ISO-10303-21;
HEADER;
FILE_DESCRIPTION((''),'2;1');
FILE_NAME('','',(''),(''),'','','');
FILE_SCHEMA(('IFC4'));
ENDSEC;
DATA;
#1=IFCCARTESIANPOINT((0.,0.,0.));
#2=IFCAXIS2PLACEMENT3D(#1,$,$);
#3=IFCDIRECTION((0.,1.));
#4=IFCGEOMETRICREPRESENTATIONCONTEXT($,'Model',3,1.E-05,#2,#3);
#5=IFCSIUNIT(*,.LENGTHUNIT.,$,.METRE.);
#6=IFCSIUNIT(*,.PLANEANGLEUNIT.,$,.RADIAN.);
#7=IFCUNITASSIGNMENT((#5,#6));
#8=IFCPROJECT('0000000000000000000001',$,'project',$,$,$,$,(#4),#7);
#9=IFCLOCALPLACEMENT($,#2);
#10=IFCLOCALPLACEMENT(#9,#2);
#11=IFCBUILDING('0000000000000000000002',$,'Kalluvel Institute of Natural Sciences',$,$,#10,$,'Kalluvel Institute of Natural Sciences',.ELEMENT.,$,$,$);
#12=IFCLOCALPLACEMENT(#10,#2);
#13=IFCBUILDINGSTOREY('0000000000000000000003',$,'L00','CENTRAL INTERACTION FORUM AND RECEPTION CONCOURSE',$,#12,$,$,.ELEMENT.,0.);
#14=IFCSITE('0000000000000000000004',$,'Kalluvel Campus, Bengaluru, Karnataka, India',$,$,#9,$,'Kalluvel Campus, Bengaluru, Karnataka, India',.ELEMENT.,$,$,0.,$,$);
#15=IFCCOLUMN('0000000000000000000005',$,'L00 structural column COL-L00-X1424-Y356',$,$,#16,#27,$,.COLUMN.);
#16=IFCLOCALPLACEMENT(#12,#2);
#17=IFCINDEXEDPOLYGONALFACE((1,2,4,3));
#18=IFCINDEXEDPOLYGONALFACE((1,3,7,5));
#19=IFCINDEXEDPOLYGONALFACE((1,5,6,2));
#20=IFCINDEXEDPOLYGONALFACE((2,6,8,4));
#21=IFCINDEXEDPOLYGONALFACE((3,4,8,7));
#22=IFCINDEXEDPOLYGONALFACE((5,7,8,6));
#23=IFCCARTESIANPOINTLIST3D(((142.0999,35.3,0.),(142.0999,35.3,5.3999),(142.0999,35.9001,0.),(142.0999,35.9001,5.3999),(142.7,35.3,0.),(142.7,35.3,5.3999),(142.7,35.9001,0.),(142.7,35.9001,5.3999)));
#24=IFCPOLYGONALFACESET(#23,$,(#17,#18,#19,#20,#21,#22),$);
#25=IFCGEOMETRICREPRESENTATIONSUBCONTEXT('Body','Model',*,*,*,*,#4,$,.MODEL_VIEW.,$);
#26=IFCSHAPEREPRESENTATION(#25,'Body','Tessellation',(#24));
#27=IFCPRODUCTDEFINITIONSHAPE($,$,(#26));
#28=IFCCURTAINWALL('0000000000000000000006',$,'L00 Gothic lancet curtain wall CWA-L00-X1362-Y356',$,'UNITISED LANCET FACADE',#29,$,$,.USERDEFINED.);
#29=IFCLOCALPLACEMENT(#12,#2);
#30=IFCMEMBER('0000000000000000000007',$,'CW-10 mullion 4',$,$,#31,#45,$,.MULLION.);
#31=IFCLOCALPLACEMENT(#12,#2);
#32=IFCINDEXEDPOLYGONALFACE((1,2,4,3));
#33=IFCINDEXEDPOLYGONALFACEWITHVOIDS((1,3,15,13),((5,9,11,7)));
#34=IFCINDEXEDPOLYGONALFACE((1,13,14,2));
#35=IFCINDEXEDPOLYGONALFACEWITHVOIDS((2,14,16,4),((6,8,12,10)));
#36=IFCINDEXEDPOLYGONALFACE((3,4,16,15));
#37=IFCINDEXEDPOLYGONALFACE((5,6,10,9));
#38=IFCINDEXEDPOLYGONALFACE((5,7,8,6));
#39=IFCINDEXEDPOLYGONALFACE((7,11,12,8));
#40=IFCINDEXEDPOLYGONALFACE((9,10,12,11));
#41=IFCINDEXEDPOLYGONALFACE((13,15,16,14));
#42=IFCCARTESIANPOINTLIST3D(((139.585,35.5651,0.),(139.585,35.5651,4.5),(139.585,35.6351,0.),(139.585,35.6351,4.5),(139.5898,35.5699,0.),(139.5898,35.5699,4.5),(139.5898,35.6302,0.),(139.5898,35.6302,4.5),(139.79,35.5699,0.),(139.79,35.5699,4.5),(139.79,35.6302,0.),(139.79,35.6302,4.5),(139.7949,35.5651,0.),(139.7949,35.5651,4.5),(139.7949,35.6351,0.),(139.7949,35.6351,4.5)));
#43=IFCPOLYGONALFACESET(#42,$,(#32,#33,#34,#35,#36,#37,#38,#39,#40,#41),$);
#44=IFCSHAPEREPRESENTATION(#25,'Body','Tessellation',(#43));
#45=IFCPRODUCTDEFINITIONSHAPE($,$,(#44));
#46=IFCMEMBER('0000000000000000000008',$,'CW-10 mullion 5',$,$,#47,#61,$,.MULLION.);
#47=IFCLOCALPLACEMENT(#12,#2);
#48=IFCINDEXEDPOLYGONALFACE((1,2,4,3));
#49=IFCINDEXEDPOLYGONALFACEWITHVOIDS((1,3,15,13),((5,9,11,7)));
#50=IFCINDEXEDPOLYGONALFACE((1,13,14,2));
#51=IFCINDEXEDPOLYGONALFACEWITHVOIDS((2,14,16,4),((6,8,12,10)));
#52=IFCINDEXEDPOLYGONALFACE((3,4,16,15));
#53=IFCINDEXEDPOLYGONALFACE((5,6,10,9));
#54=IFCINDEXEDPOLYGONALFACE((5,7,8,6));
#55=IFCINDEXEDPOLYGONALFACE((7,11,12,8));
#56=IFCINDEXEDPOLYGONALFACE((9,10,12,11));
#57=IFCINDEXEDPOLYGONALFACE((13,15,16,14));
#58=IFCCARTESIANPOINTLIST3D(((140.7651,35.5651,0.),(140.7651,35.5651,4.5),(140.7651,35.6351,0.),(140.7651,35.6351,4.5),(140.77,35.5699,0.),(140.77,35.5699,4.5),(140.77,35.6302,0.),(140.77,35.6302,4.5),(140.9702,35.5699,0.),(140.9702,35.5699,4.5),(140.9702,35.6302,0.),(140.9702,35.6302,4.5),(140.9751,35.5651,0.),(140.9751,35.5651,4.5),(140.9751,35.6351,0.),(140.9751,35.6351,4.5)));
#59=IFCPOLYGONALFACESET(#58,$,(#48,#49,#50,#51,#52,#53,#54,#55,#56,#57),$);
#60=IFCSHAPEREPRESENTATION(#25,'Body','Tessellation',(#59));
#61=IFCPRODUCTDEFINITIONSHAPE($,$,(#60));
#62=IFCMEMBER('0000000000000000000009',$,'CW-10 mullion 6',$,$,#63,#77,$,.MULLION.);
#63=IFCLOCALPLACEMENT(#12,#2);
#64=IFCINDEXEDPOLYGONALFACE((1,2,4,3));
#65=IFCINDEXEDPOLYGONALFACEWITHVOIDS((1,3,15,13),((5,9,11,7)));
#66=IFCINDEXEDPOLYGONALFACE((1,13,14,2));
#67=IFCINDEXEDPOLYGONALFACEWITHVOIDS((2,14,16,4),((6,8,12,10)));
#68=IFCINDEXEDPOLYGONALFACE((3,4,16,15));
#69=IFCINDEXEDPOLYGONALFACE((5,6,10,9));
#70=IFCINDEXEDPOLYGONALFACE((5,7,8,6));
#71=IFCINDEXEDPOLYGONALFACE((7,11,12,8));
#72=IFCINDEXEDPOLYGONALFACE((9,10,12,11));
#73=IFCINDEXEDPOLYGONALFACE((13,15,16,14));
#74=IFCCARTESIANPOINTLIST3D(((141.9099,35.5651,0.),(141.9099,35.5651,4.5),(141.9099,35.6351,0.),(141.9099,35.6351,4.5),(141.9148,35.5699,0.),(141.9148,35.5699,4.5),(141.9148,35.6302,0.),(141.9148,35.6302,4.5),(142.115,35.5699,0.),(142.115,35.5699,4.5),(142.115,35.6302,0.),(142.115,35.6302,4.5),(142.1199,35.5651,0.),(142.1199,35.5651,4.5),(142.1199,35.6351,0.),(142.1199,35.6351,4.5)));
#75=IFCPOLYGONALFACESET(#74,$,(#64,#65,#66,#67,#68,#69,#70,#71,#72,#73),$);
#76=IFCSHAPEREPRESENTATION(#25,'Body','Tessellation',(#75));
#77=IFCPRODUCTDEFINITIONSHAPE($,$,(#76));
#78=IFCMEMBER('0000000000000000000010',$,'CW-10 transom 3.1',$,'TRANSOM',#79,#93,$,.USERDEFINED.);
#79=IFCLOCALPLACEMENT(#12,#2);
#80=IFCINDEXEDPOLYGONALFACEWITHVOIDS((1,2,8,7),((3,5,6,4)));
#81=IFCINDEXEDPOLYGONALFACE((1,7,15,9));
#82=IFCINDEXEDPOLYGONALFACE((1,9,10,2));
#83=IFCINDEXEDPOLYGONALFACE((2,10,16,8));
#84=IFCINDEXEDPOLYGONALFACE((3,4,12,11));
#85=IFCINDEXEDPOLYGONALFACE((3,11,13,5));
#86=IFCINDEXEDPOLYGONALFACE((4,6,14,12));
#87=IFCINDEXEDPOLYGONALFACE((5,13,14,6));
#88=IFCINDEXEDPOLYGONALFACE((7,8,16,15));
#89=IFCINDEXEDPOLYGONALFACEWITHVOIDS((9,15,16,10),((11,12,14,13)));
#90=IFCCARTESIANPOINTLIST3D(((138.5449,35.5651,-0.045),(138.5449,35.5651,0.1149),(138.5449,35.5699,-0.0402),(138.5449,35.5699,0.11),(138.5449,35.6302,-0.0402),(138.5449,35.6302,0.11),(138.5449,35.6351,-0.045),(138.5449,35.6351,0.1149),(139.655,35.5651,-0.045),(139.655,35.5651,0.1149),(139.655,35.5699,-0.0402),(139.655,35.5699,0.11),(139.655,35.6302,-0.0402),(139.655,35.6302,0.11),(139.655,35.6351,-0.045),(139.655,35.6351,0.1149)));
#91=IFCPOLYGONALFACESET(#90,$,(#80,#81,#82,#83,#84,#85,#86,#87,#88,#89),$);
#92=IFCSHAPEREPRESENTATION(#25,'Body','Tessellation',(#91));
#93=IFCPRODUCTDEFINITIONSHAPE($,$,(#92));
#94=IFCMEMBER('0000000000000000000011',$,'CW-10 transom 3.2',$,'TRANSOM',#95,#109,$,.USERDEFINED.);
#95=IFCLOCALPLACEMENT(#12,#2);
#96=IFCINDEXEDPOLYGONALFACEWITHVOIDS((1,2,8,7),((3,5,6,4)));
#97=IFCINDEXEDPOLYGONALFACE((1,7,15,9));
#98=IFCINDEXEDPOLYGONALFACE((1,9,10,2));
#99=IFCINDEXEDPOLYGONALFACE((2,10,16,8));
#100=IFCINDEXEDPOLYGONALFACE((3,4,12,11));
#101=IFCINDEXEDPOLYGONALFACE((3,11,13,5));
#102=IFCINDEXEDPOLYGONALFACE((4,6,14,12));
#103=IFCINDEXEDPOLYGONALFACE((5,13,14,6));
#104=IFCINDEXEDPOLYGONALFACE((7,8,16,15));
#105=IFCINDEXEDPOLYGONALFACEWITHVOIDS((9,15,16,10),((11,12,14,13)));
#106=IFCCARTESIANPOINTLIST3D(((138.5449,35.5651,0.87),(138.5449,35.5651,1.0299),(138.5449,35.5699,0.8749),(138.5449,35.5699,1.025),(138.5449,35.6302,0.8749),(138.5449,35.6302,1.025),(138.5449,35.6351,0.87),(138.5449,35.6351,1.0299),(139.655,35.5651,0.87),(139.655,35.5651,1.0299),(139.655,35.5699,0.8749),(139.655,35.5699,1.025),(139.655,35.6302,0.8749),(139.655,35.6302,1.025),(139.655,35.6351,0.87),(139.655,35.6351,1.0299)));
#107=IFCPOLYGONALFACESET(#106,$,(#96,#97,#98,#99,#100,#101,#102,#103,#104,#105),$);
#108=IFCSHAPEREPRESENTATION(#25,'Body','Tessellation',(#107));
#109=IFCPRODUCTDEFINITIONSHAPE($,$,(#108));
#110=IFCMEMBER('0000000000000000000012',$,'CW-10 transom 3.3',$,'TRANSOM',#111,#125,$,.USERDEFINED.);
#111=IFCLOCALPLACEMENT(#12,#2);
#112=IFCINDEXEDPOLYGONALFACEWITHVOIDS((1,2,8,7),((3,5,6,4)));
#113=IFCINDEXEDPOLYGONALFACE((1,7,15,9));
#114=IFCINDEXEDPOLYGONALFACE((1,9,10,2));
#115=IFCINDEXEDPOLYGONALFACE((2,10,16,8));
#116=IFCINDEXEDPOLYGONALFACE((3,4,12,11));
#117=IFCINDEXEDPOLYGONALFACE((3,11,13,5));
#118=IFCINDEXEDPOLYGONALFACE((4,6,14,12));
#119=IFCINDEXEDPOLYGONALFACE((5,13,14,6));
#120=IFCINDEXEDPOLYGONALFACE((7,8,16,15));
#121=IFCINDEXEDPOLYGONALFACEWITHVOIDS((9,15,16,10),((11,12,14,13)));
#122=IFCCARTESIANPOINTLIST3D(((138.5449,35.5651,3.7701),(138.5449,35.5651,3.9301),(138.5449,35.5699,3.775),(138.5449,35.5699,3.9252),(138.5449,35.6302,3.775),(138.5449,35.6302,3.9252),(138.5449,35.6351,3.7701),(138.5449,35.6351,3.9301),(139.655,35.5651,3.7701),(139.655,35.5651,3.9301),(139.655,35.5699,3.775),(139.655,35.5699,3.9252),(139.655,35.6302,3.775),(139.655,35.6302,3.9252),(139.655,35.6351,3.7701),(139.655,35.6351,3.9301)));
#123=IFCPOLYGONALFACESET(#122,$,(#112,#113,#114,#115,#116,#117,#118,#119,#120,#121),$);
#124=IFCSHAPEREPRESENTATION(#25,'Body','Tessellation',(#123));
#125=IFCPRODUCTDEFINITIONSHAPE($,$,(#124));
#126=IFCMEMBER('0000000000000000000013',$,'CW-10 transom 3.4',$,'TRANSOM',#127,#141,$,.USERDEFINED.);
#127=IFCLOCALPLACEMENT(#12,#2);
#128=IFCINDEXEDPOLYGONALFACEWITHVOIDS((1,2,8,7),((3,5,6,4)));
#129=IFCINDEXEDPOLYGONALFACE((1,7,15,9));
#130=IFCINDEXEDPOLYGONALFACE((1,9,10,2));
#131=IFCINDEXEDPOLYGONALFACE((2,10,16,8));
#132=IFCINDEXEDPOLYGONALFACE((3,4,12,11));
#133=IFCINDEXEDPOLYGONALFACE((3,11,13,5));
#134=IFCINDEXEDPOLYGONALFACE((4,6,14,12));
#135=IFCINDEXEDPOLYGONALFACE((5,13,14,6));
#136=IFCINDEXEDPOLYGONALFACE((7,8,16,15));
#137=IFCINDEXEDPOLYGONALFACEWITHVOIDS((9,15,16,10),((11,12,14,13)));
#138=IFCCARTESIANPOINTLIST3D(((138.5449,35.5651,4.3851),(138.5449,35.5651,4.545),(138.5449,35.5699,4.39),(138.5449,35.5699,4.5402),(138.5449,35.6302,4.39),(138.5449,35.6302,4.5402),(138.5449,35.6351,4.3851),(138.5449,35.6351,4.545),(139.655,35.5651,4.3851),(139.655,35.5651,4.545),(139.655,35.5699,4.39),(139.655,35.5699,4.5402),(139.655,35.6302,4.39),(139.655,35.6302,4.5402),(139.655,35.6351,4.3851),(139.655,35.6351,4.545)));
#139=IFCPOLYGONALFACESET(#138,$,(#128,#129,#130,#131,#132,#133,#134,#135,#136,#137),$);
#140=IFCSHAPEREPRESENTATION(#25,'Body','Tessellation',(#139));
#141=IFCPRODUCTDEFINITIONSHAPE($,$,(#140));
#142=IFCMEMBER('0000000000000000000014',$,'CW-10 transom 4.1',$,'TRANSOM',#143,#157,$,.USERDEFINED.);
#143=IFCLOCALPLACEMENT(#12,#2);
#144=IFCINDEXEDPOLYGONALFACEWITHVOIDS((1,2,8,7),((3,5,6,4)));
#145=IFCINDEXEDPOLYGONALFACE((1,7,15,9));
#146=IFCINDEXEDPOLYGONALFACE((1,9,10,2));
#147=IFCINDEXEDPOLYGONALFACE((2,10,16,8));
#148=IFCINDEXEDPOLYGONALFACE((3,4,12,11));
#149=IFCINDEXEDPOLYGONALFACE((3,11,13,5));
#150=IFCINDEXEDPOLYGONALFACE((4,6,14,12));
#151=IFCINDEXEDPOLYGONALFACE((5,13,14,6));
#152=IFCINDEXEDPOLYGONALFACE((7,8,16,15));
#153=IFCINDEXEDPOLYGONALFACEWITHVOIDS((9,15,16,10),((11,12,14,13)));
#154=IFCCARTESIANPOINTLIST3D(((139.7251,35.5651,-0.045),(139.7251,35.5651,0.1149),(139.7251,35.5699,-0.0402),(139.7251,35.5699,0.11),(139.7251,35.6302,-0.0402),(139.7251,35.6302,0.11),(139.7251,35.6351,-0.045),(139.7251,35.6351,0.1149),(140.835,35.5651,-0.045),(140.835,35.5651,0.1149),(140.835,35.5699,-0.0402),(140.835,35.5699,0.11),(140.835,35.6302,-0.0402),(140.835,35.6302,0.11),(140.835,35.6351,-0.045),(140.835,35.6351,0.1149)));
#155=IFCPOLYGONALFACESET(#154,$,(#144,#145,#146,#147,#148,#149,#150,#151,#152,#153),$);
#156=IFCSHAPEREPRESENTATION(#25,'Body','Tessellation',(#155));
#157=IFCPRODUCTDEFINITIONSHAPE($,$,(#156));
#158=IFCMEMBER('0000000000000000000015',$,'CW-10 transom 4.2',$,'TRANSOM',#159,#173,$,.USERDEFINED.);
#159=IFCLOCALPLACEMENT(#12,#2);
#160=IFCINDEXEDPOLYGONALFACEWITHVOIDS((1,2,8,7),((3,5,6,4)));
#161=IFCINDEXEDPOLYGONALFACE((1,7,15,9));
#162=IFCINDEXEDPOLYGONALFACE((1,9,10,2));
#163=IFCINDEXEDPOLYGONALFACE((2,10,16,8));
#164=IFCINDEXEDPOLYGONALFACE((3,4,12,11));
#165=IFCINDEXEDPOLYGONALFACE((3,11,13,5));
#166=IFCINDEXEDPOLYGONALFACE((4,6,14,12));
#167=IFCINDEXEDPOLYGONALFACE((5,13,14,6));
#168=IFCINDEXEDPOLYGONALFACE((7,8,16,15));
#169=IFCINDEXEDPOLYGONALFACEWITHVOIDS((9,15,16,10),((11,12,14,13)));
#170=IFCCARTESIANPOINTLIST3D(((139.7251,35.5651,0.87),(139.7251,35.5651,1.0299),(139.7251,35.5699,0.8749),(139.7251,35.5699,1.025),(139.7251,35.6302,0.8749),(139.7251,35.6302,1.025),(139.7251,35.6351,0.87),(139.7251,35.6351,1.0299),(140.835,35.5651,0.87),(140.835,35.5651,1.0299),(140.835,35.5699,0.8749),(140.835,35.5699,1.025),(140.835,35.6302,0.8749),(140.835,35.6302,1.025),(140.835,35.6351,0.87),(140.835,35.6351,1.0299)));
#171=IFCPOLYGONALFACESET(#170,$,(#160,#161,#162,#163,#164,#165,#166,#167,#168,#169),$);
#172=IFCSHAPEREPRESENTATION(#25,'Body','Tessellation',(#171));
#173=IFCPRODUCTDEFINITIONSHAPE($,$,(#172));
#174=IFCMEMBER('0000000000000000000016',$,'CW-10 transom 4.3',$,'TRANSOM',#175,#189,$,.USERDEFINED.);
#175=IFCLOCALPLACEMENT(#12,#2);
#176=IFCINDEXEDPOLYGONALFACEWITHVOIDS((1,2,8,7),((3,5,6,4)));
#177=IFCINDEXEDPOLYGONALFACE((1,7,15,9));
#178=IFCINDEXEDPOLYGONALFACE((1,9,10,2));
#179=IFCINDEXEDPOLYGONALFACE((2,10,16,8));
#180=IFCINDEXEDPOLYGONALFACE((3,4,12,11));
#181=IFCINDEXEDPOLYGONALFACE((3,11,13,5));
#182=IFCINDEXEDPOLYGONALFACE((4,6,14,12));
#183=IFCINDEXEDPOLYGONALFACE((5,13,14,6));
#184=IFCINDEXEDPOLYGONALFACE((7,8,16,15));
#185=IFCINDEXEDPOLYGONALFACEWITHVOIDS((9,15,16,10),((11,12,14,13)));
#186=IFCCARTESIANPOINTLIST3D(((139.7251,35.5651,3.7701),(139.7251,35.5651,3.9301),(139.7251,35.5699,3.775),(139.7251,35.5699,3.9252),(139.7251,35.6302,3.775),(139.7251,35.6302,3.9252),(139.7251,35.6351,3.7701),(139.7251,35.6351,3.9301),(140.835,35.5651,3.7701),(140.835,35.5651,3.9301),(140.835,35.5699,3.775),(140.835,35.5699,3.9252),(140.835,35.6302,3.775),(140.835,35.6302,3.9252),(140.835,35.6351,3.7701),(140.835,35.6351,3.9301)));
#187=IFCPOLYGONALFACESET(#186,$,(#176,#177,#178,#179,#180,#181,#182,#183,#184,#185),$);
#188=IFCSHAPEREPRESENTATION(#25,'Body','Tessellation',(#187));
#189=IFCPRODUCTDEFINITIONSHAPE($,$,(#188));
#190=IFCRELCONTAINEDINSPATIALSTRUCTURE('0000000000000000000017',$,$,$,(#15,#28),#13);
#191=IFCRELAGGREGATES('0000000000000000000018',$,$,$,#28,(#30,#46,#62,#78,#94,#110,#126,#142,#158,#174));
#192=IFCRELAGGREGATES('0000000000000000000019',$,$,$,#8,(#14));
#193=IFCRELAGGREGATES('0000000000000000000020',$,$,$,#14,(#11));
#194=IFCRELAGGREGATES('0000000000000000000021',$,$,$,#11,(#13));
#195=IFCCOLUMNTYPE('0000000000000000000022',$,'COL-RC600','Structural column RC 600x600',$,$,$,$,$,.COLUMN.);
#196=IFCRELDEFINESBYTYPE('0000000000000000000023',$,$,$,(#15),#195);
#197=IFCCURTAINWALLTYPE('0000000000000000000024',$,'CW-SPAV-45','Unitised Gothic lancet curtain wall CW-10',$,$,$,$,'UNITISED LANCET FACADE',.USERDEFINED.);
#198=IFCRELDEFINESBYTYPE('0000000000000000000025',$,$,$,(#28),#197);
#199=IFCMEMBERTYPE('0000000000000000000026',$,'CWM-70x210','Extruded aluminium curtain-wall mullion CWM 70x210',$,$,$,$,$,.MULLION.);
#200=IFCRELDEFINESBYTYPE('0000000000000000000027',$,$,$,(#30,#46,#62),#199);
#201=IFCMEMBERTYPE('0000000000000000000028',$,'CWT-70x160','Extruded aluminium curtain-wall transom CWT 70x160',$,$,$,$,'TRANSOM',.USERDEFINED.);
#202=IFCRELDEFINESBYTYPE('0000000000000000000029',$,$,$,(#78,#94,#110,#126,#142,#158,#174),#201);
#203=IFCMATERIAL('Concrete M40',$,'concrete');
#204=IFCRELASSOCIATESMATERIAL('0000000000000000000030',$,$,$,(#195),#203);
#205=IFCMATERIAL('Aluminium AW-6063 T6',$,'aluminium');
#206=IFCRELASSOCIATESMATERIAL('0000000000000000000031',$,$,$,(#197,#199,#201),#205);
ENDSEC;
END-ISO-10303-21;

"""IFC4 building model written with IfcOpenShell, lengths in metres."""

from ifc_helpers import new_model, si_unit, direction, frame, origin, origin_2d, place, context, subcontext, project, spatial, rectangle, hollow_rectangle, extrude, material, material_profile, profile_set, type_object, element, aggregate, save


model = new_model("IFC4")

# Units and contexts
model_context = context("Model", 3, precision=1e-05, world=origin(), true_north=direction((0.0, 1.0)))
body_context = subcontext(model_context, "Body", "Model", "MODEL_VIEW")
ifc_project = project(units=[si_unit("LENGTHUNIT", "METRE"), si_unit("PLANEANGLEUNIT", "RADIAN")], contexts=[model_context])

# Site, building, storey
site_placement = place(None, origin())
site = spatial("IfcSite", under=ifc_project, at=site_placement, Name="Kalluvel Campus, Bengaluru, Karnataka, India", LongName="Kalluvel Campus, Bengaluru, Karnataka, India", CompositionType="ELEMENT", RefElevation=0.0)
building_placement = place(site_placement, origin())
building = spatial("IfcBuilding", under=site, at=building_placement, Name="Kalluvel Institute of Natural Sciences", LongName="Kalluvel Institute of Natural Sciences", CompositionType="ELEMENT")
storey_placement = place(building_placement, origin())
storey = spatial("IfcBuildingStorey", under=building, at=storey_placement, Name="L00", Description="CENTRAL INTERACTION FORUM AND RECEPTION CONCOURSE", CompositionType="ELEMENT", Elevation=0.0)

# Column
ifc_material_1 = material(Name="Concrete M40", Category="concrete")
ifc_material_profile_1 = material_profile(ifc_material_1, rectangle(XDim=0.6001, YDim=0.6001, at=origin_2d()), Name="RC 600x600")
ifc_profile_set_1 = profile_set([ifc_material_profile_1], Name="Concrete M40")
column_type = type_object("IfcColumnType", Name="COL-RC600", Description="Structural column RC 600x600", PredefinedType="COLUMN", material=ifc_profile_set_1)
column_placement = place(storey_placement, frame((142.3999, 35.6001, 0.0), z_axis=(0.0, 0.0, 1.0), x_axis=(1.0, 0.0, 0.0)))
element("IfcColumn", 1, at=column_placement, inside=storey, type_object=column_type, Name="L00 structural column COL-L00-X1424-Y356", PredefinedType="COLUMN", context=body_context, shape_type="SweptSolid", body=[
    extrude(rectangle(XDim=0.6001, YDim=0.6001, at=origin_2d()), origin(), (0.0, 0.0, 1.0), 5.3999),
])

# Curtain wall, members
ifc_material_2 = material(Name="Aluminium AW-6063 T6", Category="aluminium")
curtain_wall_type = type_object("IfcCurtainWallType", Name="CW-SPAV-45", Description="Unitised Gothic lancet curtain wall CW-10", ElementType="UNITISED LANCET FACADE", PredefinedType="USERDEFINED", material=ifc_material_2)
curtain_wall_placement = place(storey_placement, origin())
curtain_wall = element("IfcCurtainWall", 2, at=curtain_wall_placement, inside=storey, type_object=curtain_wall_type, Name="L00 Gothic lancet curtain wall CWA-L00-X1362-Y356", ObjectType="UNITISED LANCET FACADE", PredefinedType="USERDEFINED")
ifc_material_profile_2 = material_profile(ifc_material_2, hollow_rectangle(XDim=0.0701, YDim=0.21, WallThickness=0.0049, at=origin_2d()), Name="CWM 70x210")
ifc_profile_set_2 = profile_set([ifc_material_profile_2], Name="Aluminium AW-6063 T6")
member_type_1 = type_object("IfcMemberType", Name="CWM-70x210", Description="Extruded aluminium curtain-wall mullion CWM 70x210", PredefinedType="MULLION", material=ifc_profile_set_2)
member_1_placement = place(storey_placement, frame((139.6899, 35.6001, 0.0), z_axis=(0.0, 0.0, 1.0), x_axis=(0.0, 1.0, 0.0)))
member_1 = element("IfcMember", 3, at=member_1_placement, type_object=member_type_1, Name="CW-10 mullion 4", PredefinedType="MULLION", context=body_context, shape_type="SweptSolid", body=[
    extrude(hollow_rectangle(XDim=0.0701, YDim=0.21, WallThickness=0.0049, at=origin_2d()), origin(), (0.0, 0.0, 1.0), 4.5),
])
member_2_placement = place(storey_placement, frame((140.8701, 35.6001, 0.0), z_axis=(0.0, 0.0, 1.0), x_axis=(0.0, 1.0, 0.0)))
member_2 = element("IfcMember", 4, at=member_2_placement, type_object=member_type_1, Name="CW-10 mullion 5", PredefinedType="MULLION", context=body_context, shape_type="SweptSolid", body=[
    extrude(hollow_rectangle(XDim=0.0701, YDim=0.21, WallThickness=0.0049, at=origin_2d()), origin(), (0.0, 0.0, 1.0), 4.5),
])
member_3_placement = place(storey_placement, frame((142.0149, 35.6001, 0.0), z_axis=(0.0, 0.0, 1.0), x_axis=(0.0, 1.0, 0.0)))
member_3 = element("IfcMember", 5, at=member_3_placement, type_object=member_type_1, Name="CW-10 mullion 6", PredefinedType="MULLION", context=body_context, shape_type="SweptSolid", body=[
    extrude(hollow_rectangle(XDim=0.0701, YDim=0.21, WallThickness=0.0049, at=origin_2d()), origin(), (0.0, 0.0, 1.0), 4.5),
])
ifc_material_profile_3 = material_profile(ifc_material_2, hollow_rectangle(XDim=0.0701, YDim=0.1599, WallThickness=0.0049, at=origin_2d()), Name="CWT 70x160")
ifc_profile_set_3 = profile_set([ifc_material_profile_3], Name="Aluminium AW-6063 T6")
member_type_2 = type_object("IfcMemberType", Name="CWT-70x160", Description="Extruded aluminium curtain-wall transom CWT 70x160", ElementType="TRANSOM", PredefinedType="USERDEFINED", material=ifc_profile_set_3)
member_4_placement = place(storey_placement, frame((138.5449, 35.6001, 0.0349), z_axis=(1.0, 0.0, 0.0), x_axis=(0.0, 1.0, 0.0)))
member_4 = element("IfcMember", 6, at=member_4_placement, type_object=member_type_2, Name="CW-10 transom 3.1", ObjectType="TRANSOM", PredefinedType="USERDEFINED", context=body_context, shape_type="SweptSolid", body=[
    extrude(hollow_rectangle(XDim=0.0701, YDim=0.1599, WallThickness=0.0049, at=origin_2d()), origin(), (0.0, 0.0, 1.0), 1.1101),
])
member_5_placement = place(storey_placement, frame((138.5449, 35.6001, 0.95), z_axis=(1.0, 0.0, 0.0), x_axis=(0.0, 1.0, 0.0)))
member_5 = element("IfcMember", 7, at=member_5_placement, type_object=member_type_2, Name="CW-10 transom 3.2", ObjectType="TRANSOM", PredefinedType="USERDEFINED", context=body_context, shape_type="SweptSolid", body=[
    extrude(hollow_rectangle(XDim=0.0701, YDim=0.1599, WallThickness=0.0049, at=origin_2d()), origin(), (0.0, 0.0, 1.0), 1.1101),
])
member_6_placement = place(storey_placement, frame((138.5449, 35.6001, 3.8501), z_axis=(1.0, 0.0, 0.0), x_axis=(0.0, 1.0, 0.0)))
member_6 = element("IfcMember", 8, at=member_6_placement, type_object=member_type_2, Name="CW-10 transom 3.3", ObjectType="TRANSOM", PredefinedType="USERDEFINED", context=body_context, shape_type="SweptSolid", body=[
    extrude(hollow_rectangle(XDim=0.0701, YDim=0.1599, WallThickness=0.0049, at=origin_2d()), origin(), (0.0, 0.0, 1.0), 1.1101),
])
member_7_placement = place(storey_placement, frame((138.5449, 35.6001, 4.4651), z_axis=(1.0, 0.0, 0.0), x_axis=(0.0, 1.0, 0.0)))
member_7 = element("IfcMember", 9, at=member_7_placement, type_object=member_type_2, Name="CW-10 transom 3.4", ObjectType="TRANSOM", PredefinedType="USERDEFINED", context=body_context, shape_type="SweptSolid", body=[
    extrude(hollow_rectangle(XDim=0.0701, YDim=0.1599, WallThickness=0.0049, at=origin_2d()), origin(), (0.0, 0.0, 1.0), 1.1101),
])
member_8_placement = place(storey_placement, frame((139.7251, 35.6001, 0.0349), z_axis=(1.0, 0.0, 0.0), x_axis=(0.0, 1.0, 0.0)))
member_8 = element("IfcMember", 10, at=member_8_placement, type_object=member_type_2, Name="CW-10 transom 4.1", ObjectType="TRANSOM", PredefinedType="USERDEFINED", context=body_context, shape_type="SweptSolid", body=[
    extrude(hollow_rectangle(XDim=0.0701, YDim=0.1599, WallThickness=0.0049, at=origin_2d()), origin(), (0.0, 0.0, 1.0), 1.1099),
])
member_9_placement = place(storey_placement, frame((139.7251, 35.6001, 0.95), z_axis=(1.0, 0.0, 0.0), x_axis=(0.0, 1.0, 0.0)))
member_9 = element("IfcMember", 11, at=member_9_placement, type_object=member_type_2, Name="CW-10 transom 4.2", ObjectType="TRANSOM", PredefinedType="USERDEFINED", context=body_context, shape_type="SweptSolid", body=[
    extrude(hollow_rectangle(XDim=0.0701, YDim=0.1599, WallThickness=0.0049, at=origin_2d()), origin(), (0.0, 0.0, 1.0), 1.1099),
])
member_10_placement = place(storey_placement, frame((139.7251, 35.6001, 3.8501), z_axis=(1.0, 0.0, 0.0), x_axis=(0.0, 1.0, 0.0)))
member_10 = element("IfcMember", 12, at=member_10_placement, type_object=member_type_2, Name="CW-10 transom 4.3", ObjectType="TRANSOM", PredefinedType="USERDEFINED", context=body_context, shape_type="SweptSolid", body=[
    extrude(hollow_rectangle(XDim=0.0701, YDim=0.1599, WallThickness=0.0049, at=origin_2d()), origin(), (0.0, 0.0, 1.0), 1.1099),
])
aggregate(curtain_wall, [member_1, member_2, member_3, member_4, member_5, member_6, member_7, member_8, member_9, member_10])

save(model, "model.ifc")
